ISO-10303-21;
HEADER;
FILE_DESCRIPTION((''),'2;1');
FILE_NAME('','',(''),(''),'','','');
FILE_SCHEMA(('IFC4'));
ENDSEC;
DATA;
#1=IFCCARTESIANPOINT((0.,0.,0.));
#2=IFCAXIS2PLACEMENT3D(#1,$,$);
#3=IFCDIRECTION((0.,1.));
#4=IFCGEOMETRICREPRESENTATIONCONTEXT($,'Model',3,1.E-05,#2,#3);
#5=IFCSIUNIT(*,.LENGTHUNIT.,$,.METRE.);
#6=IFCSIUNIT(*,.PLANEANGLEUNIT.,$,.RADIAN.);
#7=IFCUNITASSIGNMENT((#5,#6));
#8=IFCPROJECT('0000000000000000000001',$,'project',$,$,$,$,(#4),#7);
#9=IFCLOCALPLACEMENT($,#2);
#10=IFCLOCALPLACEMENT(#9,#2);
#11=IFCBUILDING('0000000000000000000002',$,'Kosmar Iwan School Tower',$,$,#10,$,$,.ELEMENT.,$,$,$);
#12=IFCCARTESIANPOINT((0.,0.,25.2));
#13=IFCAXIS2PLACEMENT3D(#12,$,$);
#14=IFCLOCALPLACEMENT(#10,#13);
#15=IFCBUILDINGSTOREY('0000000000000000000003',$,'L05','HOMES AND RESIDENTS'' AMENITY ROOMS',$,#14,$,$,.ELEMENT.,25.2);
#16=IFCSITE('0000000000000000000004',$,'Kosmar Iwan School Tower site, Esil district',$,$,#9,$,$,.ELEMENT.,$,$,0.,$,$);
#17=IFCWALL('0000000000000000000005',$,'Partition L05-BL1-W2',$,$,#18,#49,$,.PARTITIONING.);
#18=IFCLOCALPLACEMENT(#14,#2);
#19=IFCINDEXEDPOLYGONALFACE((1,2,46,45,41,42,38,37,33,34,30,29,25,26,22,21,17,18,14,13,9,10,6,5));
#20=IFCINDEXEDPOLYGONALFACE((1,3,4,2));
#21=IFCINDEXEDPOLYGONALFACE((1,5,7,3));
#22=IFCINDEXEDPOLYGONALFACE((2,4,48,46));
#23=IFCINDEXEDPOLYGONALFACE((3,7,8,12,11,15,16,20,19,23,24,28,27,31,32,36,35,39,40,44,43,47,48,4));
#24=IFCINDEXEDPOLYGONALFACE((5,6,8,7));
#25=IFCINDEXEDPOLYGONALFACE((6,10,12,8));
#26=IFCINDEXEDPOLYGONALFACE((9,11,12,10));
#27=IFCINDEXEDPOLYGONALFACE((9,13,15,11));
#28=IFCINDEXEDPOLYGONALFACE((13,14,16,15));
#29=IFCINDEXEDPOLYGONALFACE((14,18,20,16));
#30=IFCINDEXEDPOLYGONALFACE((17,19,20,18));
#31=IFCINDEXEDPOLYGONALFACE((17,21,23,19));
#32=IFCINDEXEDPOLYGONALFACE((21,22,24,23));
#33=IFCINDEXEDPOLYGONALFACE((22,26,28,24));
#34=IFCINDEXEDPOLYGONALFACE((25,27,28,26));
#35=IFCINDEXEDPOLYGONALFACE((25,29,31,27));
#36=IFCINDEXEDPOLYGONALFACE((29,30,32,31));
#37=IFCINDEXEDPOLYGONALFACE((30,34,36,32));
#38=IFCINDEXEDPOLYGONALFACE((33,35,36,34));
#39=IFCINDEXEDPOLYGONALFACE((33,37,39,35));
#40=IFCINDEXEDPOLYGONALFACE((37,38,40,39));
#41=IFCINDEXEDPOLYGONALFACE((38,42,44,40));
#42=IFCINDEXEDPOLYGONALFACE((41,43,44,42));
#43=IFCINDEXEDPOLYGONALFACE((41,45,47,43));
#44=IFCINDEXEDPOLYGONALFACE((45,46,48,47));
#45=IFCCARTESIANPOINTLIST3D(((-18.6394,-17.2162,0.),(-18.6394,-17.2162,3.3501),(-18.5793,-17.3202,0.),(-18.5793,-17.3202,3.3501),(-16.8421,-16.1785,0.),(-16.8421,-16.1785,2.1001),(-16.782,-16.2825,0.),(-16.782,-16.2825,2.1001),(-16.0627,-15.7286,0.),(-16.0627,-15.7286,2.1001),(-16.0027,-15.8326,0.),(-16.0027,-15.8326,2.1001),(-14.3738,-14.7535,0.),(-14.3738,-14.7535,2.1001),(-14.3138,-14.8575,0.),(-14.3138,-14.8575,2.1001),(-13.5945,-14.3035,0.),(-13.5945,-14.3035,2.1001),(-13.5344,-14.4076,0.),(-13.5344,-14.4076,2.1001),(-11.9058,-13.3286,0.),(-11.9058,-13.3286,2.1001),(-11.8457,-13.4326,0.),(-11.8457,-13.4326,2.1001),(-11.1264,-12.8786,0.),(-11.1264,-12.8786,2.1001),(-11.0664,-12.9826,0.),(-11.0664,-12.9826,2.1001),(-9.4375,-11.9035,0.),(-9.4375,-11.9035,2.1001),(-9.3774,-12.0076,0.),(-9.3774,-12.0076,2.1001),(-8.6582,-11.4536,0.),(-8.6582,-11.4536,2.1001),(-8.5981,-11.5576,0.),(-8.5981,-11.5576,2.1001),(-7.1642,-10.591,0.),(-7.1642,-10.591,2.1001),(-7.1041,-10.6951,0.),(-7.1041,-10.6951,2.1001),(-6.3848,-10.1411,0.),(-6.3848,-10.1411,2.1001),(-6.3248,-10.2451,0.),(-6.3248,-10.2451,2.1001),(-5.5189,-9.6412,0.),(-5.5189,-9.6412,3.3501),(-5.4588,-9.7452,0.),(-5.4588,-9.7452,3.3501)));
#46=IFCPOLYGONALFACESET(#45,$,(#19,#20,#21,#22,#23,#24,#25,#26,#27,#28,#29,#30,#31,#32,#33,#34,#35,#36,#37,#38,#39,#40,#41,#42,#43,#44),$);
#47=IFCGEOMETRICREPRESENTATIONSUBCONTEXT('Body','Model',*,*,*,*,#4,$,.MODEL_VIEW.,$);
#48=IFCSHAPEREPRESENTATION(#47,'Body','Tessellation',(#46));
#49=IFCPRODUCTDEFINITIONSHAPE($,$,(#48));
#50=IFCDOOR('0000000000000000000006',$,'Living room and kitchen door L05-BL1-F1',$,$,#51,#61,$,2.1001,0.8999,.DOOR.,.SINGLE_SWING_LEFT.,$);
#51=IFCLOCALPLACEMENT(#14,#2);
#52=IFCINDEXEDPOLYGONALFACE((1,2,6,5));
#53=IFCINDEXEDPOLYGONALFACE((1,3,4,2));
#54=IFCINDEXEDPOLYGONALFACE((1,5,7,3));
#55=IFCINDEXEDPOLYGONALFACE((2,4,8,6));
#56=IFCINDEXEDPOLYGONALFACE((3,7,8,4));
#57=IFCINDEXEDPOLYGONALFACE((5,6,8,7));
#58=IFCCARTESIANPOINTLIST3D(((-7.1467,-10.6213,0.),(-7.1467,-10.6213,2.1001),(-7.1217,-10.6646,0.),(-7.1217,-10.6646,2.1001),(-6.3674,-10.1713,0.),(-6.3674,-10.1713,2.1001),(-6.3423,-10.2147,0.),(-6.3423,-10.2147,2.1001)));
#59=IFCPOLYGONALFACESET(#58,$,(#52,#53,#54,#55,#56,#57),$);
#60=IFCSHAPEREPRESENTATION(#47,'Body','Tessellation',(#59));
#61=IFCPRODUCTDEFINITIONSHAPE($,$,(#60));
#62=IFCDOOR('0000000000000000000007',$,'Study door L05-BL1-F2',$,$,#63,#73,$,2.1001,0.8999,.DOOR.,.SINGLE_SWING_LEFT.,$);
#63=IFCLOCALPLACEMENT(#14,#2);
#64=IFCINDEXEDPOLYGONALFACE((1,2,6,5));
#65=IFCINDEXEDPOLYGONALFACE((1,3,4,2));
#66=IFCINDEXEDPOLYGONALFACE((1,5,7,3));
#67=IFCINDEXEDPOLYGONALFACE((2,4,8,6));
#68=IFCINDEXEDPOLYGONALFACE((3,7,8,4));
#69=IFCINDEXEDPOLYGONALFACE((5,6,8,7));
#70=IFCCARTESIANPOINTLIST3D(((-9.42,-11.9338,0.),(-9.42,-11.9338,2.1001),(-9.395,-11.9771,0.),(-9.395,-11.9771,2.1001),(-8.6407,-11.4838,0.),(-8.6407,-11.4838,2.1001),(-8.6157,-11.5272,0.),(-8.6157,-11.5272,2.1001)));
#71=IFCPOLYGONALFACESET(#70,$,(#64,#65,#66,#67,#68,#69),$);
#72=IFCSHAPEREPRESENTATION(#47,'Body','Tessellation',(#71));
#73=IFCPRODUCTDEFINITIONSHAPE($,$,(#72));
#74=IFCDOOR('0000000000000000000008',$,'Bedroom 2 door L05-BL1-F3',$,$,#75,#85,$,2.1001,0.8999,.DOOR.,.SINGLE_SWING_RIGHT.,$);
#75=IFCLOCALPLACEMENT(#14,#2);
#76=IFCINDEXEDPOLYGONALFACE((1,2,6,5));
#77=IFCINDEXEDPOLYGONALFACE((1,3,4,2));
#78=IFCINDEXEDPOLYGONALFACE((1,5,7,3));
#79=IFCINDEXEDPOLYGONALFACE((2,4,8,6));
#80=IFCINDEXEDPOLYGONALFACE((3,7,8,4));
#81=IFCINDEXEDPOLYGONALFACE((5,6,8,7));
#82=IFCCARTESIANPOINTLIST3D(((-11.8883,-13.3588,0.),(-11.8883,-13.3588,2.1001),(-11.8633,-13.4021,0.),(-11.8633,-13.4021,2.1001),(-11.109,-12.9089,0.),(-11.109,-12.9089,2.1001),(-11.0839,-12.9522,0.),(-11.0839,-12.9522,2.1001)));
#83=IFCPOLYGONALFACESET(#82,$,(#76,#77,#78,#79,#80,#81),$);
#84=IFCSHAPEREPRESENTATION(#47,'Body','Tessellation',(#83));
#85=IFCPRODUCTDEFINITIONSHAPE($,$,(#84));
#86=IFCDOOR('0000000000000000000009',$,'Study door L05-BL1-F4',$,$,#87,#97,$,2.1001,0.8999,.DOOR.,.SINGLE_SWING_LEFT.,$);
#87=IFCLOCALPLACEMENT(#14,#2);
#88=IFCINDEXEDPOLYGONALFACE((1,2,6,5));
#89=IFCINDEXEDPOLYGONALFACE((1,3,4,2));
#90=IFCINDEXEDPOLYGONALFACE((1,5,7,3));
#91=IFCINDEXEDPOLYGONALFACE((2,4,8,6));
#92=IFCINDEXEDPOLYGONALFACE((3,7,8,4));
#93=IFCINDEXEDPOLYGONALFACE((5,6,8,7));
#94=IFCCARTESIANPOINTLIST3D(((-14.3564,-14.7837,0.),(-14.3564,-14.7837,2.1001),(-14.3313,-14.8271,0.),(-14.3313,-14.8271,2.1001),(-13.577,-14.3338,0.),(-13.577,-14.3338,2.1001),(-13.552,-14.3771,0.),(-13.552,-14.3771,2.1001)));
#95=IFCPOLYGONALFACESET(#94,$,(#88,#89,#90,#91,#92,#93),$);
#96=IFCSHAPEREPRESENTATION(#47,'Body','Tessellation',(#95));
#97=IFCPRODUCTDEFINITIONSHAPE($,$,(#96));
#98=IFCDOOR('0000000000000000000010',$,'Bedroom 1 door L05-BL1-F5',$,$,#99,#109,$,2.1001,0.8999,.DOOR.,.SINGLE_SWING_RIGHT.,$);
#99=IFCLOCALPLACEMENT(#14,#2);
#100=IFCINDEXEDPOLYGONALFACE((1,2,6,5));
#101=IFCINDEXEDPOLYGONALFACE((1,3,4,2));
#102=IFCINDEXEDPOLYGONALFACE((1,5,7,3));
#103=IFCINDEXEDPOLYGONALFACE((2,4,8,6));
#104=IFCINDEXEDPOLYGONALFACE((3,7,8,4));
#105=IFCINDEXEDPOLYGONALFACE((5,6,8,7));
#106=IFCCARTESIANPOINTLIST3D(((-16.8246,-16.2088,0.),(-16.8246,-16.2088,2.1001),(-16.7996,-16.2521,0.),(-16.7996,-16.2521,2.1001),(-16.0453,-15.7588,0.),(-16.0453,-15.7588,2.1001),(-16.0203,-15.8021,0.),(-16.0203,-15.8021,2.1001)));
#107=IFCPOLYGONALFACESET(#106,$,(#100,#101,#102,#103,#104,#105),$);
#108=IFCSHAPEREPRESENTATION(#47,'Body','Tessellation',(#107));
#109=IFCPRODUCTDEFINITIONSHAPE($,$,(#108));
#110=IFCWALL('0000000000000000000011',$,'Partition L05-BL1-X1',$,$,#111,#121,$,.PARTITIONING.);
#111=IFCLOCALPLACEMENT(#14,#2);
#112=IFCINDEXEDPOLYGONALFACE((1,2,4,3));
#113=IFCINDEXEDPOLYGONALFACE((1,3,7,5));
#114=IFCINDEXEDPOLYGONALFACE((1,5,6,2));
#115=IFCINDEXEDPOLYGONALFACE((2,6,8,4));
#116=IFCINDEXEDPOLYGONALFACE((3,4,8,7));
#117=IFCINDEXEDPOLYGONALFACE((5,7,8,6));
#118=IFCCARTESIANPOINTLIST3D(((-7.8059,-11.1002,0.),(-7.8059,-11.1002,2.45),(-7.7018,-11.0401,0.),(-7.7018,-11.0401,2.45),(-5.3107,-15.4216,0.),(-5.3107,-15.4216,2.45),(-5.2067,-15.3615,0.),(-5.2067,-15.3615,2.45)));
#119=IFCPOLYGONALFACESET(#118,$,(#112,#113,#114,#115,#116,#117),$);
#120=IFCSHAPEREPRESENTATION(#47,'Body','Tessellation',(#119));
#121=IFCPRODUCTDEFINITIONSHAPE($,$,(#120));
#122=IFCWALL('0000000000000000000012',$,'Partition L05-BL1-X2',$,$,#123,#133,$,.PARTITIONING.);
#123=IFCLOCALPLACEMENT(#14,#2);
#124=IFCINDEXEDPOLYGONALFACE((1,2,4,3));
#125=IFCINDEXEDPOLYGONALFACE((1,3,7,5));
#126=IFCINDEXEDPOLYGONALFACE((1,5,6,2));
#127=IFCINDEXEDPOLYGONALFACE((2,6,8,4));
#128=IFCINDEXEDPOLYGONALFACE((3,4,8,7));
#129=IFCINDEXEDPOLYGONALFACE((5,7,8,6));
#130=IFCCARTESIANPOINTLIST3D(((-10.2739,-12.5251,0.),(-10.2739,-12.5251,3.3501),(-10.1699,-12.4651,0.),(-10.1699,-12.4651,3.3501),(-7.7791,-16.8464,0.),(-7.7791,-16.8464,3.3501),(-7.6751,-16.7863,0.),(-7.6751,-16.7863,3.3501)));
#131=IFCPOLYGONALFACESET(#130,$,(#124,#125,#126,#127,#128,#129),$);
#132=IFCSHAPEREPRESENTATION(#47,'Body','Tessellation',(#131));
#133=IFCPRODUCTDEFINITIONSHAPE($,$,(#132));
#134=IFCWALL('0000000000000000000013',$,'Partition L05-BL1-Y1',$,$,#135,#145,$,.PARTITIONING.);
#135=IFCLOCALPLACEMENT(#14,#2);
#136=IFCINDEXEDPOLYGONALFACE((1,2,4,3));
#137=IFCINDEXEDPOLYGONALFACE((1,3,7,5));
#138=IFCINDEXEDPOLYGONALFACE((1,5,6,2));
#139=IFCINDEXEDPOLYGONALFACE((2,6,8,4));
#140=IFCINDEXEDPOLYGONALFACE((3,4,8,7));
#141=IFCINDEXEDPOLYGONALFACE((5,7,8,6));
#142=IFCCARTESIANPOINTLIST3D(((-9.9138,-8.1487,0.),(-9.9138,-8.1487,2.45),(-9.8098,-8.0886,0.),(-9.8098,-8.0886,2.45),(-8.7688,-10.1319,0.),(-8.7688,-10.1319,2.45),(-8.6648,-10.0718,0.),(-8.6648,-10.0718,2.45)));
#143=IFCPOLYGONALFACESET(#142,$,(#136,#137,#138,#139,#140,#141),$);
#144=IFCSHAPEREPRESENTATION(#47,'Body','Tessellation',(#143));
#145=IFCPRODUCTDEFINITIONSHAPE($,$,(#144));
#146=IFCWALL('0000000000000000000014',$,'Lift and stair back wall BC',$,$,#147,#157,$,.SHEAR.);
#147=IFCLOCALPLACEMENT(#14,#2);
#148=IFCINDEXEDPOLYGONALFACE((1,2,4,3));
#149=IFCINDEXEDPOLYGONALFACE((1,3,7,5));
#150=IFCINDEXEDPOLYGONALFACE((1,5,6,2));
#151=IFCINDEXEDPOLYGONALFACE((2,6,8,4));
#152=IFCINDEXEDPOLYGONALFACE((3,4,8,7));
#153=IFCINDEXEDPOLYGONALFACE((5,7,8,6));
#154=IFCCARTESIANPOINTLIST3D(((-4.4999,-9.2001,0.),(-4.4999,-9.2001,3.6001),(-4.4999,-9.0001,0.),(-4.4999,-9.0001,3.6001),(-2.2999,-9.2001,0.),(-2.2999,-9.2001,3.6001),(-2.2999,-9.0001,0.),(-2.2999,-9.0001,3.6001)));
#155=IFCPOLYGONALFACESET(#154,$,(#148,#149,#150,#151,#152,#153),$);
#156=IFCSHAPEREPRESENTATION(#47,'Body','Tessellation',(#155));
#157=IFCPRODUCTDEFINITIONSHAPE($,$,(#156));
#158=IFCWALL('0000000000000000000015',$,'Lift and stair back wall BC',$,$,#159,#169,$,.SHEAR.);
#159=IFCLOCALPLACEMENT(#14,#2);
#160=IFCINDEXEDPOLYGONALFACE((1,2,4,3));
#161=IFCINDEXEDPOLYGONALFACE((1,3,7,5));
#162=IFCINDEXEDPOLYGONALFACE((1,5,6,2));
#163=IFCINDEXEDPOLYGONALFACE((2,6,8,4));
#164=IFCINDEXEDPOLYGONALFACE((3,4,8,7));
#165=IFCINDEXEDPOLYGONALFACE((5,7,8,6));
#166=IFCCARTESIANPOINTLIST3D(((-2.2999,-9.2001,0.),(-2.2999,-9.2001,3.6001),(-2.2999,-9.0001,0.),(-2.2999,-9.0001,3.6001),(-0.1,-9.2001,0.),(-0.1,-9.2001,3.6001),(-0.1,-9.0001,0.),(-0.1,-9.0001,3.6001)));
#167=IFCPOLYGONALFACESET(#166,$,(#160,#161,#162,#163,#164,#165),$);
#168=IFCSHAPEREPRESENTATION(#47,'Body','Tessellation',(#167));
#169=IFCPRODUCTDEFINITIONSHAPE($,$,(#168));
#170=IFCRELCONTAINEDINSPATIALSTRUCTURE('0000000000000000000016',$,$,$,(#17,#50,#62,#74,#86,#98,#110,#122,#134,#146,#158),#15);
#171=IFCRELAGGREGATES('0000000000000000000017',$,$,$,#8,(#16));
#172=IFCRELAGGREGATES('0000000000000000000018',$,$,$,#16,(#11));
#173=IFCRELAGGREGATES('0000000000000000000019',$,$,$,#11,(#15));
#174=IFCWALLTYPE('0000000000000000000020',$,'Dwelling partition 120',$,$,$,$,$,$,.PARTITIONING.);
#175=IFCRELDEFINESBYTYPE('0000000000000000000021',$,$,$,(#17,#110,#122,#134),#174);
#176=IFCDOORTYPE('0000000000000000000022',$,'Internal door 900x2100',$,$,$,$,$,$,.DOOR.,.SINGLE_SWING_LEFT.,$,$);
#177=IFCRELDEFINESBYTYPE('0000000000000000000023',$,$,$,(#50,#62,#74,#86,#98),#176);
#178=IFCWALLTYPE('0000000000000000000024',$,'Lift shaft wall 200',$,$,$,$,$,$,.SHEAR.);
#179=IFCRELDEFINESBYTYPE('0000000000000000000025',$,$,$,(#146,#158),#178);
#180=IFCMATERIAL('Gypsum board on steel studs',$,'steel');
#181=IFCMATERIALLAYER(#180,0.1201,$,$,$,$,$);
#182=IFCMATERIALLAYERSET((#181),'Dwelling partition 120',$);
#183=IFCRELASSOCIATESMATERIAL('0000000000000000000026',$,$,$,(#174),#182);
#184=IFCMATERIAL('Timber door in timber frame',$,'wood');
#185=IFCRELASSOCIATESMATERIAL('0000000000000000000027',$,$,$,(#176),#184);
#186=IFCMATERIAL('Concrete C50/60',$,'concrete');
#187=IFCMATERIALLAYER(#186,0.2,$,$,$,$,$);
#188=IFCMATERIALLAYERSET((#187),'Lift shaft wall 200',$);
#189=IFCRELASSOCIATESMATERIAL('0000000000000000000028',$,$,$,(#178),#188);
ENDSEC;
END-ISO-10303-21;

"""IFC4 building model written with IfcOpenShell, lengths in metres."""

from ifc_helpers import new_model, si_unit, direction, frame, frame_2d, origin, place, context, subcontext, project, spatial, rectangle, extrude, material, layer, layer_set, type_object, element, fill, save


model = new_model("IFC4")

# Units and contexts
model_context = context("Model", 3, precision=1e-05, world=origin(), true_north=direction((0.0, 1.0)))
body_context = subcontext(model_context, "Body", "Model", "MODEL_VIEW")
ifc_project = project(units=[si_unit("LENGTHUNIT", "METRE"), si_unit("PLANEANGLEUNIT", "RADIAN")], contexts=[model_context])

# Site, building, storey
site_placement = place(None, origin())
site = spatial("IfcSite", under=ifc_project, at=site_placement, Name="Kosmar Iwan School Tower site, Esil district", CompositionType="ELEMENT", RefElevation=0.0)
building_placement = place(site_placement, origin())
building = spatial("IfcBuilding", under=site, at=building_placement, Name="Kosmar Iwan School Tower", CompositionType="ELEMENT")
storey_placement = place(building_placement, frame((0.0, 0.0, 25.2)))
storey = spatial("IfcBuildingStorey", under=building, at=storey_placement, Name="L05", Description="HOMES AND RESIDENTS' AMENITY ROOMS", CompositionType="ELEMENT", Elevation=25.2)

# Wall, openings, doors
ifc_material_1 = material(Name="Gypsum board on steel studs", Category="steel")
ifc_layer_1 = layer(ifc_material_1, 0.1201)
ifc_layer_set_1 = layer_set([ifc_layer_1], Name="Dwelling partition 120")
wall_type_1 = type_object("IfcWallType", Name="Dwelling partition 120", PredefinedType="PARTITIONING", material=ifc_layer_set_1)
ifc_material_2 = material(Name="Timber door in timber frame", Category="wood")
door_type_1 = type_object("IfcDoorType", Name="Internal door 900x2100", OperationType="SINGLE_SWING_LEFT", PredefinedType="DOOR", material=ifc_material_2)
wall_1_placement = place(storey_placement, frame((-5.4888, -9.6931, 0.0), z_axis=(0.0, 0.0, 1.0), x_axis=(-0.866028, -0.499995, 0.0)))
wall_1 = element("IfcWall", 1, at=wall_1_placement, inside=storey, type_object=wall_type_1, Name="Partition L05-BL1-W2", PredefinedType="PARTITIONING", context=body_context, shape_type="SweptSolid", body=[
    extrude(rectangle(XDim=15.1501, YDim=0.1201, at=frame_2d((7.5752, 0.0))), origin(), (0.0, 0.0, 1.0), 3.3501),
])
opening_1_placement = place(wall_1_placement, frame((1.0, 0.0, 0.0)))
opening_1 = element("IfcOpeningElement", 2, at=opening_1_placement, cuts=wall_1, PredefinedType="OPENING", context=body_context, shape_type="SweptSolid", body=[
    extrude(rectangle(XDim=0.8999, YDim=2.1001, at=frame_2d((0.45, 1.05))), frame((0.0, 0.072, 0.0), z_axis=(0.0, -1.0, 0.0), x_axis=(1.0, 0.0, 0.0)), (0.0, 0.0, 1.0), 0.144),
])
opening_2_placement = place(wall_1_placement, frame((3.625, 0.0, 0.0)))
opening_2 = element("IfcOpeningElement", 3, at=opening_2_placement, cuts=wall_1, PredefinedType="OPENING", context=body_context, shape_type="SweptSolid", body=[
    extrude(rectangle(XDim=0.8999, YDim=2.1001, at=frame_2d((0.45, 1.05))), frame((0.0, 0.072, 0.0), z_axis=(0.0, -1.0, 0.0), x_axis=(1.0, 0.0, 0.0)), (0.0, 0.0, 1.0), 0.144),
])
opening_3_placement = place(wall_1_placement, frame((6.4751, 0.0, 0.0)))
opening_3 = element("IfcOpeningElement", 4, at=opening_3_placement, cuts=wall_1, PredefinedType="OPENING", context=body_context, shape_type="SweptSolid", body=[
    extrude(rectangle(XDim=0.8999, YDim=2.1001, at=frame_2d((0.45, 1.05))), frame((0.0, 0.072, 0.0), z_axis=(0.0, -1.0, 0.0), x_axis=(1.0, 0.0, 0.0)), (0.0, 0.0, 1.0), 0.144),
])
opening_4_placement = place(wall_1_placement, frame((9.325, 0.0, 0.0)))
opening_4 = element("IfcOpeningElement", 5, at=opening_4_placement, cuts=wall_1, PredefinedType="OPENING", context=body_context, shape_type="SweptSolid", body=[
    extrude(rectangle(XDim=0.8999, YDim=2.1001, at=frame_2d((0.45, 1.05))), frame((0.0, 0.072, 0.0), z_axis=(0.0, -1.0, 0.0), x_axis=(1.0, 0.0, 0.0)), (0.0, 0.0, 1.0), 0.144),
])
opening_5_placement = place(wall_1_placement, frame((12.175, 0.0, 0.0)))
opening_5 = element("IfcOpeningElement", 6, at=opening_5_placement, cuts=wall_1, PredefinedType="OPENING", context=body_context, shape_type="SweptSolid", body=[
    extrude(rectangle(XDim=0.8999, YDim=2.1001, at=frame_2d((0.45, 1.05))), frame((0.0, 0.072, 0.0), z_axis=(0.0, -1.0, 0.0), x_axis=(1.0, 0.0, 0.0)), (0.0, 0.0, 1.0), 0.144),
])
door_1_placement = place(opening_1_placement, origin())
door_1 = element("IfcDoor", 7, at=door_1_placement, inside=storey, type_object=door_type_1, Name="Living room and kitchen door L05-BL1-F1", OperationType="SINGLE_SWING_LEFT", OverallHeight=2.1001, OverallWidth=0.8999, PredefinedType="DOOR", context=body_context, shape_type="SweptSolid", body=[
    extrude(rectangle(XDim=0.8999, YDim=2.1001, at=frame_2d((0.45, 1.05))), frame((0.0, 0.0249, 0.0), z_axis=(0.0, -1.0, 0.0), x_axis=(1.0, 0.0, 0.0)), (0.0, 0.0, 1.0), 0.05),
])
fill(opening_1, door_1)
door_2_placement = place(opening_2_placement, origin())
door_2 = element("IfcDoor", 8, at=door_2_placement, inside=storey, type_object=door_type_1, Name="Study door L05-BL1-F2", OperationType="SINGLE_SWING_LEFT", OverallHeight=2.1001, OverallWidth=0.8999, PredefinedType="DOOR", context=body_context, shape_type="SweptSolid", body=[
    extrude(rectangle(XDim=0.8999, YDim=2.1001, at=frame_2d((0.45, 1.05))), frame((0.0, 0.0249, 0.0), z_axis=(0.0, -1.0, 0.0), x_axis=(1.0, 0.0, 0.0)), (0.0, 0.0, 1.0), 0.05),
])
fill(opening_2, door_2)
door_3_placement = place(opening_3_placement, origin())
door_3 = element("IfcDoor", 9, at=door_3_placement, inside=storey, type_object=door_type_1, Name="Bedroom 2 door L05-BL1-F3", OperationType="SINGLE_SWING_RIGHT", OverallHeight=2.1001, OverallWidth=0.8999, PredefinedType="DOOR", context=body_context, shape_type="SweptSolid", body=[
    extrude(rectangle(XDim=0.8999, YDim=2.1001, at=frame_2d((0.45, 1.05))), frame((0.0, 0.0249, 0.0), z_axis=(0.0, -1.0, 0.0), x_axis=(1.0, 0.0, 0.0)), (0.0, 0.0, 1.0), 0.05),
])
fill(opening_3, door_3)
door_4_placement = place(opening_4_placement, origin())
door_4 = element("IfcDoor", 10, at=door_4_placement, inside=storey, type_object=door_type_1, Name="Study door L05-BL1-F4", OperationType="SINGLE_SWING_LEFT", OverallHeight=2.1001, OverallWidth=0.8999, PredefinedType="DOOR", context=body_context, shape_type="SweptSolid", body=[
    extrude(rectangle(XDim=0.8999, YDim=2.1001, at=frame_2d((0.45, 1.05))), frame((0.0, 0.0249, 0.0), z_axis=(0.0, -1.0, 0.0), x_axis=(1.0, 0.0, 0.0)), (0.0, 0.0, 1.0), 0.05),
])
fill(opening_4, door_4)
door_5_placement = place(opening_5_placement, origin())
door_5 = element("IfcDoor", 11, at=door_5_placement, inside=storey, type_object=door_type_1, Name="Bedroom 1 door L05-BL1-F5", OperationType="SINGLE_SWING_RIGHT", OverallHeight=2.1001, OverallWidth=0.8999, PredefinedType="DOOR", context=body_context, shape_type="SweptSolid", body=[
    extrude(rectangle(XDim=0.8999, YDim=2.1001, at=frame_2d((0.45, 1.05))), frame((0.0, 0.0249, 0.0), z_axis=(0.0, -1.0, 0.0), x_axis=(1.0, 0.0, 0.0)), (0.0, 0.0, 1.0), 0.05),
])
fill(opening_5, door_5)

# Walls
wall_2_placement = place(storey_placement, frame((-7.7539, -11.0701, 0.0), z_axis=(0.0, 0.0, 1.0), x_axis=(0.500033, -0.866006, 0.0)))
element("IfcWall", 12, at=wall_2_placement, inside=storey, type_object=wall_type_1, Name="Partition L05-BL1-X1", PredefinedType="PARTITIONING", context=body_context, shape_type="SweptSolid", body=[
    extrude(rectangle(XDim=4.99, YDim=0.1201, at=frame_2d((2.4951, 0.0))), origin(), (0.0, 0.0, 1.0), 2.45),
])
wall_3_placement = place(storey_placement, frame((-10.2219, -12.4951, 0.0), z_axis=(0.0, 0.0, 1.0), x_axis=(0.499996, -0.866028, 0.0)))
element("IfcWall", 13, at=wall_3_placement, inside=storey, type_object=wall_type_1, Name="Partition L05-BL1-X2", PredefinedType="PARTITIONING", context=body_context, shape_type="SweptSolid", body=[
    extrude(rectangle(XDim=4.9897, YDim=0.1201, at=frame_2d((2.4949, 0.0))), origin(), (0.0, 0.0, 1.0), 3.3501),
])
wall_4_placement = place(storey_placement, frame((-9.8618, -8.1187, 0.0), z_axis=(0.0, 0.0, 1.0), x_axis=(0.500015, -0.866017, 0.0)))
element("IfcWall", 14, at=wall_4_placement, inside=storey, type_object=wall_type_1, Name="Partition L05-BL1-Y1", PredefinedType="PARTITIONING", context=body_context, shape_type="SweptSolid", body=[
    extrude(rectangle(XDim=2.29, YDim=0.1201, at=frame_2d((1.145, 0.0))), origin(), (0.0, 0.0, 1.0), 2.45),
])
ifc_material_3 = material(Name="Concrete C50/60", Category="concrete")
ifc_layer_2 = layer(ifc_material_3, 0.2)
ifc_layer_set_2 = layer_set([ifc_layer_2], Name="Lift shaft wall 200")
wall_type_2 = type_object("IfcWallType", Name="Lift shaft wall 200", PredefinedType="SHEAR", material=ifc_layer_set_2)
for number, where, z_axis, x_axis, name in (
    (15, (-4.5, -9.1001, 0.0), (0.0, 0.0, 1.0), (1.0, 0.0, 0.0), "Lift and stair back wall BC"),
    (16, (-2.3, -9.1001, 0.0), (0.0, 0.0, 1.0), (1.0, 0.0, 0.0), "Lift and stair back wall BC"),
):
    element("IfcWall", number, at=place(storey_placement, frame(where, z_axis=z_axis, x_axis=x_axis)), inside=storey, type_object=wall_type_2, Name=name, PredefinedType="SHEAR", context=body_context, shape_type="SweptSolid", body=[
        extrude(rectangle(XDim=2.2, YDim=0.2, at=frame_2d((1.1001, 0.0))), origin(), (0.0, 0.0, 1.0), 3.6001),
    ])

save(model, "model.ifc")
